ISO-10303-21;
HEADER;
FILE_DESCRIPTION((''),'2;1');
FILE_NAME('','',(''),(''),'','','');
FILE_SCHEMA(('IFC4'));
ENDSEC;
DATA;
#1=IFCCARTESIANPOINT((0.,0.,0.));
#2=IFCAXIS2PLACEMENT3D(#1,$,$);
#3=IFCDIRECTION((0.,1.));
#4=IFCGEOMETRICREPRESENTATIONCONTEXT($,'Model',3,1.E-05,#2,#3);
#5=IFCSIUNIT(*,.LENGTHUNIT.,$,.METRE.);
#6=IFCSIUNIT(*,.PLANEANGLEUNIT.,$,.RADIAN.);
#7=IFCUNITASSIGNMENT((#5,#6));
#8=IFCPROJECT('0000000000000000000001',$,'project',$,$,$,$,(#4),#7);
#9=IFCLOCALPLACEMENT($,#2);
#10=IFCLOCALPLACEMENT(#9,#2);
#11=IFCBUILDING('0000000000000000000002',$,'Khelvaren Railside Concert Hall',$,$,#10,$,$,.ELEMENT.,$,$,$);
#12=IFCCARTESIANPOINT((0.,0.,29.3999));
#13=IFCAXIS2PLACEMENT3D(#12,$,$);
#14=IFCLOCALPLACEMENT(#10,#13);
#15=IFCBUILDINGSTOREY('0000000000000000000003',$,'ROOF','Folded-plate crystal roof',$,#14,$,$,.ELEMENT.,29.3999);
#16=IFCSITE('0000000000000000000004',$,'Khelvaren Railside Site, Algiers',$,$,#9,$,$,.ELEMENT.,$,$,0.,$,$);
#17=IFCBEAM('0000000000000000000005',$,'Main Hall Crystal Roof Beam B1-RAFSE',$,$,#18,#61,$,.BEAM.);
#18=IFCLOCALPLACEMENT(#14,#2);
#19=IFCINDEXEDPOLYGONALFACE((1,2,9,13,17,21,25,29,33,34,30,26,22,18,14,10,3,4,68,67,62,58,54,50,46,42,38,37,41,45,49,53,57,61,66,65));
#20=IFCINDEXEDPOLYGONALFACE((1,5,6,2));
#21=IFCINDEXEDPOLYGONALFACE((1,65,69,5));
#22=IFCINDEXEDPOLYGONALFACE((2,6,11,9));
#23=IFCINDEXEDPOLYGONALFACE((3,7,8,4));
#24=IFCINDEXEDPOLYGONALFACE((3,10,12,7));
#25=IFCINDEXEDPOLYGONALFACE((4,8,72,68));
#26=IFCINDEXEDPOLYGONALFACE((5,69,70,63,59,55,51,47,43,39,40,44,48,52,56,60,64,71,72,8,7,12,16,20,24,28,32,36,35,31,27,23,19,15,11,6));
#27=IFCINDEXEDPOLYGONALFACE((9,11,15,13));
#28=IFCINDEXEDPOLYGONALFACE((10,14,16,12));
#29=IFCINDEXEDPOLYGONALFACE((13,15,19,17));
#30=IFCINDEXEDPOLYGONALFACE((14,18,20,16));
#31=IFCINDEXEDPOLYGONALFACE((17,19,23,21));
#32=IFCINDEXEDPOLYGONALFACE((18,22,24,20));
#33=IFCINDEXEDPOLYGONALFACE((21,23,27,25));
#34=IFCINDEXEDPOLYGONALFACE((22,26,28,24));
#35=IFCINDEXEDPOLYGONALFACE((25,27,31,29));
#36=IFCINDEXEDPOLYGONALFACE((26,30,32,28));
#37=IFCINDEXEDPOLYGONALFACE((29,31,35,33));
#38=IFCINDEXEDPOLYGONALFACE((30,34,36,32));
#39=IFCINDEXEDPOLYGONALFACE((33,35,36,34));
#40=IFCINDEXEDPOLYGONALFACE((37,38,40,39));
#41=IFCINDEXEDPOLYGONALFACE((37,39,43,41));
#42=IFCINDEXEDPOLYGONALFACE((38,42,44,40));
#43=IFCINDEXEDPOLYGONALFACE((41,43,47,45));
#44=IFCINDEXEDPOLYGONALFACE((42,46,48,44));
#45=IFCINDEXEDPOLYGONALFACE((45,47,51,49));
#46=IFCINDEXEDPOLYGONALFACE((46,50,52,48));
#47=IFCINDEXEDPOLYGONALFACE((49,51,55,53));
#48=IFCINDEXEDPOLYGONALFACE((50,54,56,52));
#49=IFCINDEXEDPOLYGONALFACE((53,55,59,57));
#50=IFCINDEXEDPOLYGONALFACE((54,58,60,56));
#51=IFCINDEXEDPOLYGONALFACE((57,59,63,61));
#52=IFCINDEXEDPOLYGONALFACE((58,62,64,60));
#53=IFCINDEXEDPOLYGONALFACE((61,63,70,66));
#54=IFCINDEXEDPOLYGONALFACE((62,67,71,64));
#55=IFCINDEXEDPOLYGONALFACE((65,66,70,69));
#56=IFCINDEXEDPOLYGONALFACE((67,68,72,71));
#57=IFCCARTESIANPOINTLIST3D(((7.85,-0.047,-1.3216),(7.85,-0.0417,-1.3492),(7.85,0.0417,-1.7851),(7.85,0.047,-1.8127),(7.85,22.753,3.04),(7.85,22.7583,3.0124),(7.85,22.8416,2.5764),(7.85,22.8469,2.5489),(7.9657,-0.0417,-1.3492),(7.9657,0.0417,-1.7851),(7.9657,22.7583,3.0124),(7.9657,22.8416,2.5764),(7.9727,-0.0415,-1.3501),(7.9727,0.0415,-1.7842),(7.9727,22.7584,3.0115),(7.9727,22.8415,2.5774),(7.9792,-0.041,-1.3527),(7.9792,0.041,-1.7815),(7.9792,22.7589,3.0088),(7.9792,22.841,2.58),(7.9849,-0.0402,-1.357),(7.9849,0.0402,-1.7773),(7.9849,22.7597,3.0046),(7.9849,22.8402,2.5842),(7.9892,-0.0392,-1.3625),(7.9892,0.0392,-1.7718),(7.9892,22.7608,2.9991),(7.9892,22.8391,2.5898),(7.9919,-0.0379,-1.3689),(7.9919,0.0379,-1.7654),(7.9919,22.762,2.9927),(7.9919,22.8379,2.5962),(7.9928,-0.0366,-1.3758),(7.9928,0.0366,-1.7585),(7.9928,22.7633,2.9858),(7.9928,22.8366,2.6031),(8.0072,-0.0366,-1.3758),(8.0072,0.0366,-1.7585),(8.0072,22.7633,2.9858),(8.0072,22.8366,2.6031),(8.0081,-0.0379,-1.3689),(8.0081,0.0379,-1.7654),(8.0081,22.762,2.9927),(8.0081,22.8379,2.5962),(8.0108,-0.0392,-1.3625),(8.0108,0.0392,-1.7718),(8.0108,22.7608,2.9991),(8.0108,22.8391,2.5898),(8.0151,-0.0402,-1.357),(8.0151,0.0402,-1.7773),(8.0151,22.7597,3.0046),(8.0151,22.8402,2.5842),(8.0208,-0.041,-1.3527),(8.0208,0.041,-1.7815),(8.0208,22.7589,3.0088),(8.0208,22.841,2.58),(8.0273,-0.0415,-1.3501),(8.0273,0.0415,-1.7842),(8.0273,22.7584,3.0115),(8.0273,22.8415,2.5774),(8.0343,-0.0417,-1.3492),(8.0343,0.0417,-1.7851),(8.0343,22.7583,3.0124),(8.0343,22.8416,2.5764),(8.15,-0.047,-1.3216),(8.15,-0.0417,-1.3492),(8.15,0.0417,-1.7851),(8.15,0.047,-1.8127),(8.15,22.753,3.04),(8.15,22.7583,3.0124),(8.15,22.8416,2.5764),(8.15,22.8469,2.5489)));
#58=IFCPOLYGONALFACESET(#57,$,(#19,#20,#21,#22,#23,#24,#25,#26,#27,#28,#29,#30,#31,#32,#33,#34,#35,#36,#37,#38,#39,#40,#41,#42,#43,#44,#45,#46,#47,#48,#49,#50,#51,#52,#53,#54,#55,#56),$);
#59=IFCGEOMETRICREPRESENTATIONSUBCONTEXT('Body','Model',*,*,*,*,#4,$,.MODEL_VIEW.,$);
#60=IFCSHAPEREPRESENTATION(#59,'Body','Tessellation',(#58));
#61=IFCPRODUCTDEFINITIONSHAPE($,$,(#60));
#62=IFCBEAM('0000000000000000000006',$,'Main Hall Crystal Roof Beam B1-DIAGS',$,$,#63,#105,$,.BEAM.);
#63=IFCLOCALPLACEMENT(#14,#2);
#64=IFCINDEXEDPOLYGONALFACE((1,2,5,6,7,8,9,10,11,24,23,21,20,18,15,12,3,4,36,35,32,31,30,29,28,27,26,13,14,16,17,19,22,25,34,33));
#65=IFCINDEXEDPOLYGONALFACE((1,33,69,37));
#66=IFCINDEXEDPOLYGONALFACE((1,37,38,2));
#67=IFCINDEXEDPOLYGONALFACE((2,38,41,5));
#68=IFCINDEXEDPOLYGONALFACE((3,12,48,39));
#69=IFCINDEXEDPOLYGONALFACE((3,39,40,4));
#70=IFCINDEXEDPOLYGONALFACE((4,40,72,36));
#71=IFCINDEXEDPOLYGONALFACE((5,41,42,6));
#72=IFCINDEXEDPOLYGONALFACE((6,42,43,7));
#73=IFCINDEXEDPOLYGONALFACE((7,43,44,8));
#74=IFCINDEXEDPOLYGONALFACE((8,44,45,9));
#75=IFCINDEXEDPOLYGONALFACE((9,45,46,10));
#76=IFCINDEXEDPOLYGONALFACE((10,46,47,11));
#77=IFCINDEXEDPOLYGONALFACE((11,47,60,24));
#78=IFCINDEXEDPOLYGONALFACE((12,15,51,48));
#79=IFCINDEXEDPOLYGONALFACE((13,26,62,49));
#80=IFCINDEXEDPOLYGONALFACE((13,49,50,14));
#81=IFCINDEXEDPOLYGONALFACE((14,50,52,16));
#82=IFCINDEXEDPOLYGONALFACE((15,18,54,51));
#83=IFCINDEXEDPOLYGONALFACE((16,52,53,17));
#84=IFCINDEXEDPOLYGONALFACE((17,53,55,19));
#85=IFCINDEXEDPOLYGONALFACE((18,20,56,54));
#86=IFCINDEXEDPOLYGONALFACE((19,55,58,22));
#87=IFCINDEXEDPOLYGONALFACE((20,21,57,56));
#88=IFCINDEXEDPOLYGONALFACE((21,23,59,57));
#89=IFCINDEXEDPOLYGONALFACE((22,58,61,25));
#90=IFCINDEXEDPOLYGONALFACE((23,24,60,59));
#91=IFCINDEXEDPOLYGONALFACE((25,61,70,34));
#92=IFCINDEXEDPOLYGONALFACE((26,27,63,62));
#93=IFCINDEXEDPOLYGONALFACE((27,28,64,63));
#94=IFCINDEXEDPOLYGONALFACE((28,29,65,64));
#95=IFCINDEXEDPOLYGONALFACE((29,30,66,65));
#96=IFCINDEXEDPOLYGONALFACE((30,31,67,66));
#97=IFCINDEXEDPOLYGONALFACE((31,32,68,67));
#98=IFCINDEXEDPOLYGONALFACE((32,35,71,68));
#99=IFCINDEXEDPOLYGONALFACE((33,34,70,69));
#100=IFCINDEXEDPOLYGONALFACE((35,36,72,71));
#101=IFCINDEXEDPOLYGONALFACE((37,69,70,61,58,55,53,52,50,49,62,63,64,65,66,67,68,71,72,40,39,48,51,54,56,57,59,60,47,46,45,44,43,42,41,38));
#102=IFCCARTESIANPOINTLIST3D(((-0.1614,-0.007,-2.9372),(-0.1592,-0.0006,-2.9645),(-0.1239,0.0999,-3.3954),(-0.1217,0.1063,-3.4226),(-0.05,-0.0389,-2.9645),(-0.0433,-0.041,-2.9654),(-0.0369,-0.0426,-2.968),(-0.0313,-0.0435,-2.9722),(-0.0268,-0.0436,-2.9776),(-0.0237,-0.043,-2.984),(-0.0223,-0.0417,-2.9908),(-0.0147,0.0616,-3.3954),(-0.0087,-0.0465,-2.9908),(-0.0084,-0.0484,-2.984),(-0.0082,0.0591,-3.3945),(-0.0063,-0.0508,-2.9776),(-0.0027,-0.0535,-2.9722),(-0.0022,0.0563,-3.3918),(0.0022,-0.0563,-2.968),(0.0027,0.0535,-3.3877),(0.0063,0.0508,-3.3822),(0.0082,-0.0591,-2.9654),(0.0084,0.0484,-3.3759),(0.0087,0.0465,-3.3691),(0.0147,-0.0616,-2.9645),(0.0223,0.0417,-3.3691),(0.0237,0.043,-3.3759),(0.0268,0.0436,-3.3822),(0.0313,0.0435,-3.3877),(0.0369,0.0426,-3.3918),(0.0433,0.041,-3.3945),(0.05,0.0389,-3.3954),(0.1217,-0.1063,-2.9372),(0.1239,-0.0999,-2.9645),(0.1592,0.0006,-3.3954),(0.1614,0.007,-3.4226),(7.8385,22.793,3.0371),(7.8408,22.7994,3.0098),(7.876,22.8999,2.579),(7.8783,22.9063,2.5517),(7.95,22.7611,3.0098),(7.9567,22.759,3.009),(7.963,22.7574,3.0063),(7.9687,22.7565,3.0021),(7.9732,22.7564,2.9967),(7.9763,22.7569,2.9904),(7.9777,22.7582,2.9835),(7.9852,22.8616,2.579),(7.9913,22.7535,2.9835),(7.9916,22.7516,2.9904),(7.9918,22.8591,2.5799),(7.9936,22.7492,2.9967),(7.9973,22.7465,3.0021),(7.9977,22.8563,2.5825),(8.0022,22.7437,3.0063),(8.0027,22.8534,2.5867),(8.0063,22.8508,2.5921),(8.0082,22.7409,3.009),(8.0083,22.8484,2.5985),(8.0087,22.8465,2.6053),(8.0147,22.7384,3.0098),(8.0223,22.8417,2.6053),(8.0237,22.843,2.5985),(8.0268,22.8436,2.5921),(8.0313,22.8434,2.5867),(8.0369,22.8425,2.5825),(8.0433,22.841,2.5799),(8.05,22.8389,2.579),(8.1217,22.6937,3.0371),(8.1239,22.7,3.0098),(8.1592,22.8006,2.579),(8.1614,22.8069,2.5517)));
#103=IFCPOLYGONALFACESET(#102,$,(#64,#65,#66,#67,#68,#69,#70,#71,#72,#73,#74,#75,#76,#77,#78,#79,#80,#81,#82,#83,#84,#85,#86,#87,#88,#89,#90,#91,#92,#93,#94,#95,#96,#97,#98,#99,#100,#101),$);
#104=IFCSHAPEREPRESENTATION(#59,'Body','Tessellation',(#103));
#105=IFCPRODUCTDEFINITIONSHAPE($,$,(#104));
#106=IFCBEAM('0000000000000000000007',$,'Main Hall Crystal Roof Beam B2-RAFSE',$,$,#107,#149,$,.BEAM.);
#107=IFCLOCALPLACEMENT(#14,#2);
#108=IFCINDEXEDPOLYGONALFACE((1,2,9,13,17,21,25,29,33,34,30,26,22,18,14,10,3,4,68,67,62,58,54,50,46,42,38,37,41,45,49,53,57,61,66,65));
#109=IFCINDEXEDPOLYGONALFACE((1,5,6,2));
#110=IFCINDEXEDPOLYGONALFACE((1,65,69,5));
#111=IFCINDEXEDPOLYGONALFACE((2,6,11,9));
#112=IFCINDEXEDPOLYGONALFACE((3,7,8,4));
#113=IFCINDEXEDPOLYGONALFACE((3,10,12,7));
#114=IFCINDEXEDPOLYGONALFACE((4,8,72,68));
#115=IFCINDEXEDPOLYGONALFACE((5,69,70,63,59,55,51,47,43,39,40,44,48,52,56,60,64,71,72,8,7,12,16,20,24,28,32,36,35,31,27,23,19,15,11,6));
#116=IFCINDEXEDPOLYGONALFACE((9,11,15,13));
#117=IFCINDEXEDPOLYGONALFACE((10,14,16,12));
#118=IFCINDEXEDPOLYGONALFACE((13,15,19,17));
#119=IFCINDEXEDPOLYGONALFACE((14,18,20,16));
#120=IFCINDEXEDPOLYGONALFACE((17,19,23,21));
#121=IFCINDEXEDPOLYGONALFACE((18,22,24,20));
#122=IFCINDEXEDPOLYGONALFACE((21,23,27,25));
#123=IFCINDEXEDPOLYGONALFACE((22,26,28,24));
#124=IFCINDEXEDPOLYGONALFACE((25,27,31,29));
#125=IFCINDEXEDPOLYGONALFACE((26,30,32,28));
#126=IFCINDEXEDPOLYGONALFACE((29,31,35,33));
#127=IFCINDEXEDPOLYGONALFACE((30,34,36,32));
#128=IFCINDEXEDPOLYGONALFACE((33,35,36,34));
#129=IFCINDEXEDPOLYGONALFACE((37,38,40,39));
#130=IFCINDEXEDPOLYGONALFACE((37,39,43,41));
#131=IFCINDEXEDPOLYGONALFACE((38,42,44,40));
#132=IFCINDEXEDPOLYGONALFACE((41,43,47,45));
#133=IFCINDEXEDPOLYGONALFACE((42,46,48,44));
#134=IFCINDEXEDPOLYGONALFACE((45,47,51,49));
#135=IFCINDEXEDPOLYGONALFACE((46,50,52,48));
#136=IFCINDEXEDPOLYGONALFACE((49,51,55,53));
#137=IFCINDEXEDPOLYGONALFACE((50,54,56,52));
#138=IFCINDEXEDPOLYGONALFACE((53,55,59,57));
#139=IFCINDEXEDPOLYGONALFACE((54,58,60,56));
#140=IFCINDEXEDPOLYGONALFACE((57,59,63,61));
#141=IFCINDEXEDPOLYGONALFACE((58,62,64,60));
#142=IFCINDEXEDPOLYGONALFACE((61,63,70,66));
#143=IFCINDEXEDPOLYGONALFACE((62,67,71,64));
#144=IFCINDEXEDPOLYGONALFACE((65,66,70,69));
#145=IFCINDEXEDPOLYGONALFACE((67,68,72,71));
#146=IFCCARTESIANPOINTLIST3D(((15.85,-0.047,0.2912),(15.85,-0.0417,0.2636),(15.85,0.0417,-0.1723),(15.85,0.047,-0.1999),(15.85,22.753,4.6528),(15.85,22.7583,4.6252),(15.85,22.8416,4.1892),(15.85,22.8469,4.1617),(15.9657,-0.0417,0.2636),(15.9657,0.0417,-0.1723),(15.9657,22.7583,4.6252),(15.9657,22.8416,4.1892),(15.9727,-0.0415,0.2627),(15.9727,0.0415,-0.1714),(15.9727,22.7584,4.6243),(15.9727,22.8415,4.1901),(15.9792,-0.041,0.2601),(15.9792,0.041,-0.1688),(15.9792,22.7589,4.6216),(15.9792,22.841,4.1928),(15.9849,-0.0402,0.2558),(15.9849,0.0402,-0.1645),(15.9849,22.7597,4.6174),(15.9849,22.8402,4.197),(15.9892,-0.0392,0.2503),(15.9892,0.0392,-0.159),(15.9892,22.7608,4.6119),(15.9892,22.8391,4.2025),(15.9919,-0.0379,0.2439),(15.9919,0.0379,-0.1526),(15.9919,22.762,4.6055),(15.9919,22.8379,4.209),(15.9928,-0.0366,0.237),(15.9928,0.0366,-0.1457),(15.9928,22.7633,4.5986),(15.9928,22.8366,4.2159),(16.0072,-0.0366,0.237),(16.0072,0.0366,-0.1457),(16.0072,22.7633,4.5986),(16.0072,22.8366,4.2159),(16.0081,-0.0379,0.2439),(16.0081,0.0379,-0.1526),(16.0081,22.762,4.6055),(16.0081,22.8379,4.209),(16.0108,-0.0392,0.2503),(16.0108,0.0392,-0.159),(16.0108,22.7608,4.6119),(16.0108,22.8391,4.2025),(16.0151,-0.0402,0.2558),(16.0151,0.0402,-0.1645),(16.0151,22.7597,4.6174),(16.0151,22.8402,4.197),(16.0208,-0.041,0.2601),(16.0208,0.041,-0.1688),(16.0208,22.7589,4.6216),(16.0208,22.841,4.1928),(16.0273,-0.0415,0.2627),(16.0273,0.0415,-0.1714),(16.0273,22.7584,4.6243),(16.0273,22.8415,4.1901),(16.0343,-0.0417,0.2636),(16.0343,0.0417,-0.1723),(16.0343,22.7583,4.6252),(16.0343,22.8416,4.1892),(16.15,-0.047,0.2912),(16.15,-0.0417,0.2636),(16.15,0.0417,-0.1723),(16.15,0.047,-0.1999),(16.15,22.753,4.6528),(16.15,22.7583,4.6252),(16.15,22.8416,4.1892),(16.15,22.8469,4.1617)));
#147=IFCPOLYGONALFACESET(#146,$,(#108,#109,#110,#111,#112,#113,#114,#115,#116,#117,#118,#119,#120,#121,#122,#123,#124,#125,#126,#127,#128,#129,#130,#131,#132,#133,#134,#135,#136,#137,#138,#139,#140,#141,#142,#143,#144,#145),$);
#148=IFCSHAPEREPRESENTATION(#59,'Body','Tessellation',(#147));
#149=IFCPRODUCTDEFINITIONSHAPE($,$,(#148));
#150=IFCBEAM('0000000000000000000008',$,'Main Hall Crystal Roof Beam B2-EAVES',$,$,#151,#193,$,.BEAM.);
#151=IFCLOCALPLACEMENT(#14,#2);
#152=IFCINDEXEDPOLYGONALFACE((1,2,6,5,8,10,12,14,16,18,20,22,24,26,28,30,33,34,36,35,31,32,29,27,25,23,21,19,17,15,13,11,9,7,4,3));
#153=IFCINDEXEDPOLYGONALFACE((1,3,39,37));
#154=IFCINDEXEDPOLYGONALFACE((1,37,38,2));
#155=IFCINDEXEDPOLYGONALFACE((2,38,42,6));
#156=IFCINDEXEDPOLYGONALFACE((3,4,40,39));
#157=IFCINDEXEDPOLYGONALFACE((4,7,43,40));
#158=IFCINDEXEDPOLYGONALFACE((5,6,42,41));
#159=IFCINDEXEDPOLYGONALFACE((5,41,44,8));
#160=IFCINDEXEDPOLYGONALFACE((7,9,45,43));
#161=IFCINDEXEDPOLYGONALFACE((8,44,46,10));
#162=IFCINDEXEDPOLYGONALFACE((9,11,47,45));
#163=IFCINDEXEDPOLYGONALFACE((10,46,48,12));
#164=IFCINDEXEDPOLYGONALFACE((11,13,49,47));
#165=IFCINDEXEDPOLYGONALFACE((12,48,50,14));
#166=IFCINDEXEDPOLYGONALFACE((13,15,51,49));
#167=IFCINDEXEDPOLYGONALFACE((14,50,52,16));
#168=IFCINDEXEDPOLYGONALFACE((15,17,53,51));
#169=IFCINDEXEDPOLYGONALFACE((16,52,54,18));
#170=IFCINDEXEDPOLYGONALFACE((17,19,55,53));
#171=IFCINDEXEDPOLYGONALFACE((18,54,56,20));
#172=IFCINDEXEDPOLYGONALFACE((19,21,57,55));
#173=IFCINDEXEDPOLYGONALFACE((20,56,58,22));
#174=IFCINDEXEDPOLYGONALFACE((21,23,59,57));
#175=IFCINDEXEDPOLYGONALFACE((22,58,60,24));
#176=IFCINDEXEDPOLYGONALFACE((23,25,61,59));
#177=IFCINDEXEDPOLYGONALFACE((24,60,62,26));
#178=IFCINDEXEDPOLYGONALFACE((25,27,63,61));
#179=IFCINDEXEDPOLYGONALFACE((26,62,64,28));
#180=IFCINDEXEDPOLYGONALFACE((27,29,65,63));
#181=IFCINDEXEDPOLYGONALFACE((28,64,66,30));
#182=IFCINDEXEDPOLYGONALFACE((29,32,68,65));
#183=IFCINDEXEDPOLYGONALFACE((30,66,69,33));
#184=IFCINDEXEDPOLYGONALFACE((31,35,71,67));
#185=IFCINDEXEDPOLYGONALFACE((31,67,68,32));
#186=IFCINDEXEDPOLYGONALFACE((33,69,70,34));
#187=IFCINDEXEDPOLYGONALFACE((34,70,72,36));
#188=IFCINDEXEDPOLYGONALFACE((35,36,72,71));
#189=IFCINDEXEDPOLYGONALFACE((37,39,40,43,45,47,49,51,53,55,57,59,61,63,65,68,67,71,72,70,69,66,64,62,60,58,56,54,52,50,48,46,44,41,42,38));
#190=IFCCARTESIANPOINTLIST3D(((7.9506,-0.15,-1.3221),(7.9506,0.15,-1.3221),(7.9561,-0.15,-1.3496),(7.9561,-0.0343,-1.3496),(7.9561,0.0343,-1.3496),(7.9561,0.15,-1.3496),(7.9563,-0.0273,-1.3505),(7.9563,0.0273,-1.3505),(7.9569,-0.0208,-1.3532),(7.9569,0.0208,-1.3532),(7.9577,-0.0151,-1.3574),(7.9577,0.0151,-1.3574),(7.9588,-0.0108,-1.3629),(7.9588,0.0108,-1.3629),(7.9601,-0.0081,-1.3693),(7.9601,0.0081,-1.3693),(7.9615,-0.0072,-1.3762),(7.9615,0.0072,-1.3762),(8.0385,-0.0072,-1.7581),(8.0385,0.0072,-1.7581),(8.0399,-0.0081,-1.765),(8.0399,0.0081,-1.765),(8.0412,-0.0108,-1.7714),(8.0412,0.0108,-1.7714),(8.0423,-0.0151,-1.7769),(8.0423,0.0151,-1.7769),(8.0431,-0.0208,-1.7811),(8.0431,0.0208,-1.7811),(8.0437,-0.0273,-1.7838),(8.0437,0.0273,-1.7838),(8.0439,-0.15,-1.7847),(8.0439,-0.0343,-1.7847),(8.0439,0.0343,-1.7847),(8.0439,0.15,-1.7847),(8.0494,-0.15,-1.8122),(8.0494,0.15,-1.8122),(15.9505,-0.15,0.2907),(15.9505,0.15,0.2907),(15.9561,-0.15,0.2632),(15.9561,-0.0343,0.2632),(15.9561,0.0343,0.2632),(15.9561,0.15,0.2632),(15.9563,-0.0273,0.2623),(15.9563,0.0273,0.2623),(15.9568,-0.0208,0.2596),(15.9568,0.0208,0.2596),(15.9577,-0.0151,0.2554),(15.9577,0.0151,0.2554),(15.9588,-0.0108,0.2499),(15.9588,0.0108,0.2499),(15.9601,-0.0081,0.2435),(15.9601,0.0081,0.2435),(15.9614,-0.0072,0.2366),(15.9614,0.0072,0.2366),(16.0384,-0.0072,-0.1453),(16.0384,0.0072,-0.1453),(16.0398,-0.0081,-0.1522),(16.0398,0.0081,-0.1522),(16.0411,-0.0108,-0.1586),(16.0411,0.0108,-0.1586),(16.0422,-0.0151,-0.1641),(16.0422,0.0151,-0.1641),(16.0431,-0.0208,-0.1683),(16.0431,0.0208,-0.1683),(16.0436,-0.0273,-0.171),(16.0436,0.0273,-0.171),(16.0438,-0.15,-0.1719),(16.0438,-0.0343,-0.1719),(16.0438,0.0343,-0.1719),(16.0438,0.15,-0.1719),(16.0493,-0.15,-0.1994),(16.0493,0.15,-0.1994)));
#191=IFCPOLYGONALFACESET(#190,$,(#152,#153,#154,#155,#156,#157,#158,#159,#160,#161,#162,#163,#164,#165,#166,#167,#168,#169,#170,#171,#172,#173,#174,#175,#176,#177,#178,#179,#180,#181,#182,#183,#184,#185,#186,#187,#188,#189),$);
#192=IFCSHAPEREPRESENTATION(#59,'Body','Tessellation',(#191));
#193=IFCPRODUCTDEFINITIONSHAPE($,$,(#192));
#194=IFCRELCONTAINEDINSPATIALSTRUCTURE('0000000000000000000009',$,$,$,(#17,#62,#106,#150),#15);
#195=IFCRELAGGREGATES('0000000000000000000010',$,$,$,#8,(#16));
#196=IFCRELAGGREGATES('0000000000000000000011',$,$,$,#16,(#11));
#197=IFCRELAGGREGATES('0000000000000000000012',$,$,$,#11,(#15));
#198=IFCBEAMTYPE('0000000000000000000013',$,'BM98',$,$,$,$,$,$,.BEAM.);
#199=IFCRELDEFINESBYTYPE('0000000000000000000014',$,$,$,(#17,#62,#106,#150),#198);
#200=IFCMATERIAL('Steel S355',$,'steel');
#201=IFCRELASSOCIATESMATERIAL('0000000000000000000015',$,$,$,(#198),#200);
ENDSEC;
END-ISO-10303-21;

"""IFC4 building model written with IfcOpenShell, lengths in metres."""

from ifc_helpers import new_model, si_unit, direction, frame, origin, origin_2d, place, context, subcontext, project, spatial, i_section, extrude, material, material_profile, profile_set, type_object, element, save


model = new_model("IFC4")

# Units and contexts
model_context = context("Model", 3, precision=1e-05, world=origin(), true_north=direction((0.0, 1.0)))
body_context = subcontext(model_context, "Body", "Model", "MODEL_VIEW")
ifc_project = project(units=[si_unit("LENGTHUNIT", "METRE"), si_unit("PLANEANGLEUNIT", "RADIAN")], contexts=[model_context])

# Site, building, storey
site_placement = place(None, origin())
site = spatial("IfcSite", under=ifc_project, at=site_placement, Name="Khelvaren Railside Site, Algiers", CompositionType="ELEMENT", RefElevation=0.0)
building_placement = place(site_placement, origin())
building = spatial("IfcBuilding", under=site, at=building_placement, Name="Khelvaren Railside Concert Hall", CompositionType="ELEMENT")
storey_placement = place(building_placement, frame((0.0, 0.0, 29.3999)))
storey = spatial("IfcBuildingStorey", under=building, at=storey_placement, Name="ROOF", Description="Folded-plate crystal roof", CompositionType="ELEMENT", Elevation=29.3999)

# Beams
ifc_material_1 = material(Name="Steel S355", Category="steel")
ifc_material_profile_1 = material_profile(ifc_material_1, i_section(OverallWidth=0.3, OverallDepth=0.5, WebThickness=0.0144, FlangeThickness=0.0281, FilletRadius=0.0271, at=origin_2d()), Name="HEB 500")
ifc_profile_set_1 = profile_set([ifc_material_profile_1], Name="Steel S355")
beam_type = type_object("IfcBeamType", Name="BM98", PredefinedType="BEAM", material=ifc_profile_set_1)
beam_1_placement = place(storey_placement, frame((8.0, 0.0, -1.5671), z_axis=(0.0, 0.98219, 0.18789), x_axis=(-1.0, 0.0, 0.0)))
element("IfcBeam", 1, at=beam_1_placement, inside=storey, type_object=beam_type, Name="Main Hall Crystal Roof Beam B1-RAFSE", PredefinedType="BEAM", context=body_context, shape_type="SweptSolid", body=[
    extrude(i_section(OverallWidth=0.3, OverallDepth=0.5, WebThickness=0.0144, FlangeThickness=0.0281, FilletRadius=0.0271, at=origin_2d()), origin(), (0.0, 0.0, 1.0), 23.2134),
])
beam_2_placement = place(storey_placement, frame((0.0, 0.0, -3.1799), z_axis=(0.321408, 0.916015, 0.240026), x_axis=(-0.9436, 0.331087, 0.0)))
element("IfcBeam", 2, at=beam_2_placement, inside=storey, type_object=beam_type, Name="Main Hall Crystal Roof Beam B1-DIAGS", PredefinedType="BEAM", context=body_context, shape_type="SweptSolid", body=[
    extrude(i_section(OverallWidth=0.3, OverallDepth=0.5, WebThickness=0.0144, FlangeThickness=0.0281, FilletRadius=0.0271, at=origin_2d()), origin(), (0.0, 0.0, 1.0), 24.8904),
])
beam_3_placement = place(storey_placement, frame((16.0, 0.0, 0.0457), z_axis=(0.0, 0.98219, 0.18789), x_axis=(-1.0, 0.0, 0.0)))
element("IfcBeam", 3, at=beam_3_placement, inside=storey, type_object=beam_type, Name="Main Hall Crystal Roof Beam B2-RAFSE", PredefinedType="BEAM", context=body_context, shape_type="SweptSolid", body=[
    extrude(i_section(OverallWidth=0.3, OverallDepth=0.5, WebThickness=0.0144, FlangeThickness=0.0281, FilletRadius=0.0271, at=origin_2d()), origin(), (0.0, 0.0, 1.0), 23.2134),
])
beam_4_placement = place(storey_placement, frame((8.0, 0.0, -1.5671), z_axis=(0.980278, 0.0, 0.197623), x_axis=(0.0, 1.0, 0.0)))
element("IfcBeam", 4, at=beam_4_placement, inside=storey, type_object=beam_type, Name="Main Hall Crystal Roof Beam B2-EAVES", PredefinedType="BEAM", context=body_context, shape_type="SweptSolid", body=[
    extrude(i_section(OverallWidth=0.3, OverallDepth=0.5, WebThickness=0.0144, FlangeThickness=0.0281, FilletRadius=0.0271, at=origin_2d()), origin(), (0.0, 0.0, 1.0), 8.1609),
])

save(model, "model.ifc")
